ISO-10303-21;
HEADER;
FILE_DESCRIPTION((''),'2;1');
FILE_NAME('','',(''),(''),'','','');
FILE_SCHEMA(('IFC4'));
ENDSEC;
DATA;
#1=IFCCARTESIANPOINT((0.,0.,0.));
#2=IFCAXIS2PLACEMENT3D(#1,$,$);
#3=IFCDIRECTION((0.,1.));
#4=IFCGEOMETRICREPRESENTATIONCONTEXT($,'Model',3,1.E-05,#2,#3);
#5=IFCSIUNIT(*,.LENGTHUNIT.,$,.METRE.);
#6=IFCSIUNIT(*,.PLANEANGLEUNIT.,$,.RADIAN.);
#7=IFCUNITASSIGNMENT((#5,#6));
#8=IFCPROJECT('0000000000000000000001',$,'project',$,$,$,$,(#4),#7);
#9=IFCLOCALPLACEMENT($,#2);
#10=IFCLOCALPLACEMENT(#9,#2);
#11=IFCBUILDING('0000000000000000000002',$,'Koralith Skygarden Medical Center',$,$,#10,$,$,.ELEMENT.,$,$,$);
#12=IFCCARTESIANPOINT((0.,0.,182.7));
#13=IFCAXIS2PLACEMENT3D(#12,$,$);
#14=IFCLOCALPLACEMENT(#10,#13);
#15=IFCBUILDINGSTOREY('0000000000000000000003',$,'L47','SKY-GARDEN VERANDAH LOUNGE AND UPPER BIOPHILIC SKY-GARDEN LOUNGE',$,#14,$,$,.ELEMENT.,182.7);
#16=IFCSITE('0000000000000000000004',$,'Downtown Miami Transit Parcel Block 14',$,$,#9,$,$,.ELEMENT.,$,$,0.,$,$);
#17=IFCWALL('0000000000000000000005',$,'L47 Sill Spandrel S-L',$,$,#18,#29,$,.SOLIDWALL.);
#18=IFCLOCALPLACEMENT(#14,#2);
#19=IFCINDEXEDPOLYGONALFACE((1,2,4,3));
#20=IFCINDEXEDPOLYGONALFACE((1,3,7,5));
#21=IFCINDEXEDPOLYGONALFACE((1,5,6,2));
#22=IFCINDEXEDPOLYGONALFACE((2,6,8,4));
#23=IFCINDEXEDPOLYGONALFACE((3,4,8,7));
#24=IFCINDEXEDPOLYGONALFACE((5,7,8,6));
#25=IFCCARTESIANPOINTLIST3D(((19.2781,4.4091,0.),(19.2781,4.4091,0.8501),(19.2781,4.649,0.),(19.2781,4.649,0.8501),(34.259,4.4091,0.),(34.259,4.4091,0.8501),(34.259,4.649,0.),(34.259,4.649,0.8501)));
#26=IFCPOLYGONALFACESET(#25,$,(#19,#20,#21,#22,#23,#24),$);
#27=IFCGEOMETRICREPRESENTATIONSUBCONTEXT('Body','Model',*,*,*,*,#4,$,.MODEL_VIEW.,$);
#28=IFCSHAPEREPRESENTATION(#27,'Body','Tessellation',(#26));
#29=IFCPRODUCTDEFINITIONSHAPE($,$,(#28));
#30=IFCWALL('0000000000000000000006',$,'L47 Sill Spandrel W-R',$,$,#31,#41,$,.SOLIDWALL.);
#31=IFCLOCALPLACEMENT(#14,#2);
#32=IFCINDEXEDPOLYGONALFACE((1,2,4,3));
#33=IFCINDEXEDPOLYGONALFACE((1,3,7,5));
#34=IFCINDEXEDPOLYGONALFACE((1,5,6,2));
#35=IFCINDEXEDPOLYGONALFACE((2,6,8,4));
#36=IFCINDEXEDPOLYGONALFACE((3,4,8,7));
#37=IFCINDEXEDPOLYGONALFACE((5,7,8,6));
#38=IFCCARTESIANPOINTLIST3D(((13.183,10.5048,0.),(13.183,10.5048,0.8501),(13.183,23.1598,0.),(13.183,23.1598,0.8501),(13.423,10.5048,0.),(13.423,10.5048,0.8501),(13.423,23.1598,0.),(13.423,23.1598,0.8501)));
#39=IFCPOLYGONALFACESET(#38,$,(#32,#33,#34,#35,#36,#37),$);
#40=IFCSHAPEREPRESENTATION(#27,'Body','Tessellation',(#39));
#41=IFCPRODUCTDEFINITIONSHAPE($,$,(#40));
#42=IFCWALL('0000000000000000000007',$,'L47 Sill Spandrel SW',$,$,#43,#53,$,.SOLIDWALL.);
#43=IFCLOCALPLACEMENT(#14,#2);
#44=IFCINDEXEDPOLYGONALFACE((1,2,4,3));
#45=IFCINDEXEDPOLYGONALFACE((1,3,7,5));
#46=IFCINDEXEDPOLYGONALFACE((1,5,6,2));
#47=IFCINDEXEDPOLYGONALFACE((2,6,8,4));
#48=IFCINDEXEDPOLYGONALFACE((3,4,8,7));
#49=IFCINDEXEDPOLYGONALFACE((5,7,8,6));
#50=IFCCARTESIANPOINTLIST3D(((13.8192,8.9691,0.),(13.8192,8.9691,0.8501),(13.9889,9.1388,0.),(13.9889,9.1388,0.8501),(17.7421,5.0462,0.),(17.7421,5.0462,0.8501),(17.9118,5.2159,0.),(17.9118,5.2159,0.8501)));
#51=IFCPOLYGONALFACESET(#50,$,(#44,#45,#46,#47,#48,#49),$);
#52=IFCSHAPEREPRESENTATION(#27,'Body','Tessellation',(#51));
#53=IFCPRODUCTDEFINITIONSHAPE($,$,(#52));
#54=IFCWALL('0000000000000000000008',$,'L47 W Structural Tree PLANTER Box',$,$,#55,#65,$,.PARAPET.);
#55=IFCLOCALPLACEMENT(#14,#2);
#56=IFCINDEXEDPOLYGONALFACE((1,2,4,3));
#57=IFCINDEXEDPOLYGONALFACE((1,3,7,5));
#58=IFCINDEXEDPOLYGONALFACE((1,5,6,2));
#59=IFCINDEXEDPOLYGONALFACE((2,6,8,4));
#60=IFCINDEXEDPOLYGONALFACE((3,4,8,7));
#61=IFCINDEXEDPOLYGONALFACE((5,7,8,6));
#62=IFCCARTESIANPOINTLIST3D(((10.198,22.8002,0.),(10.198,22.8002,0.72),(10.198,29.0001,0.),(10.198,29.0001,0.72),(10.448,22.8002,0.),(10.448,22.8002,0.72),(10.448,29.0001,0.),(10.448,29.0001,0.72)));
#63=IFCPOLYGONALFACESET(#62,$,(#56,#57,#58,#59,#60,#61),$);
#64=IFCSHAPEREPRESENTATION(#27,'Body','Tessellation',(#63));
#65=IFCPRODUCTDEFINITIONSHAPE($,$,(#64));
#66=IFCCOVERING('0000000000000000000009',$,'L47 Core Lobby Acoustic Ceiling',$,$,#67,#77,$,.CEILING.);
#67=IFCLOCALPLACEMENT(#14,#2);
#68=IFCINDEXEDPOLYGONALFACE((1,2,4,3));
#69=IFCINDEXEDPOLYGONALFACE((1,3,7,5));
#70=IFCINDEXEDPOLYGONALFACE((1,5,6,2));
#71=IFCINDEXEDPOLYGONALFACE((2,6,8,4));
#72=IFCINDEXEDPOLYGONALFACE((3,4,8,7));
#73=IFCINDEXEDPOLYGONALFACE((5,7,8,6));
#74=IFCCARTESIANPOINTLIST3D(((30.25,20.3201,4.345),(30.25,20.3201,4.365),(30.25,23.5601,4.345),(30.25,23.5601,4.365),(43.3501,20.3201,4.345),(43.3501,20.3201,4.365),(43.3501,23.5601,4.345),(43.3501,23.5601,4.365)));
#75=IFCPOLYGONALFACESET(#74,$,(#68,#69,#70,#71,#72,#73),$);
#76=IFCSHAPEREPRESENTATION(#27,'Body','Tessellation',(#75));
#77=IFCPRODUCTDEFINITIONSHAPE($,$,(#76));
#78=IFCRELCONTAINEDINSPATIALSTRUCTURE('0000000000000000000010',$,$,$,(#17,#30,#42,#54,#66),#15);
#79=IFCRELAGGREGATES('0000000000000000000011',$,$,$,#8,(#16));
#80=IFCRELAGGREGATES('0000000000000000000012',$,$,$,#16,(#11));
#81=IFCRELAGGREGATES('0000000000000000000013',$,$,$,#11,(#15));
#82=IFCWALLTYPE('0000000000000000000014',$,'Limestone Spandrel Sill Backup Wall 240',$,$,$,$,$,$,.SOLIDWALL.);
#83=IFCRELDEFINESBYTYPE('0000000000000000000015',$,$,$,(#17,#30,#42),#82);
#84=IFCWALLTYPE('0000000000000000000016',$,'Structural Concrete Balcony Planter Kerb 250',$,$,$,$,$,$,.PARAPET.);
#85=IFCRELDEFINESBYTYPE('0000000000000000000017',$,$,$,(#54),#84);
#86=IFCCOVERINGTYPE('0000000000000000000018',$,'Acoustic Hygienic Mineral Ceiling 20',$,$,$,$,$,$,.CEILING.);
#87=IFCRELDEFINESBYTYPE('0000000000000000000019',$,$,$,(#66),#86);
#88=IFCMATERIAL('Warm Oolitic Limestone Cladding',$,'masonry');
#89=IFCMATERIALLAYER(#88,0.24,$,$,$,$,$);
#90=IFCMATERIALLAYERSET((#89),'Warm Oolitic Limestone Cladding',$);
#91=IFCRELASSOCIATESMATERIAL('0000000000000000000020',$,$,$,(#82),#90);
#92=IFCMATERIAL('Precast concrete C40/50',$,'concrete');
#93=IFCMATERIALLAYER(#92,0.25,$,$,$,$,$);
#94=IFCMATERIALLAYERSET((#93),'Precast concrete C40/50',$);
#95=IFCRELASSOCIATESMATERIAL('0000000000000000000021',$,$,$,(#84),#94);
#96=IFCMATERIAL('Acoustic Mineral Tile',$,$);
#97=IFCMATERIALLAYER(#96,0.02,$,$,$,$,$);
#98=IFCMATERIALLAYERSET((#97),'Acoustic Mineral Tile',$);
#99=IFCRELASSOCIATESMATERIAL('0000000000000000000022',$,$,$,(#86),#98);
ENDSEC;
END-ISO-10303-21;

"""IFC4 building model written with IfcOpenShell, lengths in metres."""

from ifc_helpers import new_model, si_unit, direction, frame, frame_2d, origin, place, context, subcontext, project, spatial, polyline, rectangle, outline, extrude, material, layer, layer_set, type_object, element, save


model = new_model("IFC4")

# Units and contexts
model_context = context("Model", 3, precision=1e-05, world=origin(), true_north=direction((0.0, 1.0)))
body_context = subcontext(model_context, "Body", "Model", "MODEL_VIEW")
ifc_project = project(units=[si_unit("LENGTHUNIT", "METRE"), si_unit("PLANEANGLEUNIT", "RADIAN")], contexts=[model_context])

# Site, building, storey
site_placement = place(None, origin())
site = spatial("IfcSite", under=ifc_project, at=site_placement, Name="Downtown Miami Transit Parcel Block 14", CompositionType="ELEMENT", RefElevation=0.0)
building_placement = place(site_placement, origin())
building = spatial("IfcBuilding", under=site, at=building_placement, Name="Koralith Skygarden Medical Center", CompositionType="ELEMENT")
storey_placement = place(building_placement, frame((0.0, 0.0, 182.7)))
storey = spatial("IfcBuildingStorey", under=building, at=storey_placement, Name="L47", Description="SKY-GARDEN VERANDAH LOUNGE AND UPPER BIOPHILIC SKY-GARDEN LOUNGE", CompositionType="ELEMENT", Elevation=182.7)

# Shared definitions
ifc_material_1 = material(Name="Warm Oolitic Limestone Cladding", Category="masonry")

# Walls
ifc_layer_1 = layer(ifc_material_1, 0.24)
ifc_layer_set_1 = layer_set([ifc_layer_1], Name="Warm Oolitic Limestone Cladding")
wall_type_1 = type_object("IfcWallType", Name="Limestone Spandrel Sill Backup Wall 240", PredefinedType="SOLIDWALL", material=ifc_layer_set_1)
wall_1_placement = place(storey_placement, frame((19.2781, 4.5291, 0.0), z_axis=(0.0, 0.0, 1.0), x_axis=(1.0, 0.0, 0.0)))
element("IfcWall", 1, at=wall_1_placement, inside=storey, type_object=wall_type_1, Name="L47 Sill Spandrel S-L", PredefinedType="SOLIDWALL", context=body_context, shape_type="SweptSolid", body=[
    extrude(rectangle(XDim=14.981, YDim=0.24, at=frame_2d((7.4905, 0.0))), origin(), (0.0, 0.0, 1.0), 0.8501),
])
wall_2_placement = place(storey_placement, frame((13.303, 23.1599, 0.0), z_axis=(0.0, 0.0, 1.0), x_axis=(0.0, -1.0, 0.0)))
element("IfcWall", 2, at=wall_2_placement, inside=storey, type_object=wall_type_1, Name="L47 Sill Spandrel W-R", PredefinedType="SOLIDWALL", context=body_context, shape_type="SweptSolid", body=[
    extrude(rectangle(XDim=12.655, YDim=0.24, at=frame_2d((6.3276, 0.0))), origin(), (0.0, 0.0, 1.0), 0.8501),
])
wall_3_placement = place(storey_placement, frame((13.9041, 9.054, 0.0), z_axis=(0.0, 0.0, 1.0), x_axis=(0.707107, -0.707107, 0.0)))
element("IfcWall", 3, at=wall_3_placement, inside=storey, type_object=wall_type_1, Name="L47 Sill Spandrel SW", PredefinedType="SOLIDWALL", context=body_context, shape_type="SweptSolid", body=[
    extrude(rectangle(XDim=5.5479, YDim=0.24, at=frame_2d((2.7739, 0.0))), origin(), (0.0, 0.0, 1.0), 0.8501),
])
ifc_material_2 = material(Name="Precast concrete C40/50", Category="concrete")
ifc_layer_2 = layer(ifc_material_2, 0.25)
ifc_layer_set_2 = layer_set([ifc_layer_2], Name="Precast concrete C40/50")
wall_type_2 = type_object("IfcWallType", Name="Structural Concrete Balcony Planter Kerb 250", PredefinedType="PARAPET", material=ifc_layer_set_2)
wall_4_placement = place(storey_placement, frame((10.323, 22.8, 0.0), z_axis=(0.0, 0.0, 1.0), x_axis=(0.0, 1.0, 0.0)))
element("IfcWall", 4, at=wall_4_placement, inside=storey, type_object=wall_type_2, Name="L47 W Structural Tree PLANTER Box", PredefinedType="PARAPET", context=body_context, shape_type="SweptSolid", body=[
    extrude(rectangle(XDim=6.2, YDim=0.25, at=frame_2d((3.1001, 0.0))), origin(), (0.0, 0.0, 1.0), 0.72),
])

# Covering
ifc_material_3 = material(Name="Acoustic Mineral Tile")
ifc_layer_3 = layer(ifc_material_3, 0.02)
ifc_layer_set_3 = layer_set([ifc_layer_3], Name="Acoustic Mineral Tile")
covering_type_1 = type_object("IfcCoveringType", Name="Acoustic Hygienic Mineral Ceiling 20", PredefinedType="CEILING", material=ifc_layer_set_3)
covering_1_placement = place(storey_placement, frame((0.0, 0.0, 4.345)))
element("IfcCovering", 5, at=covering_1_placement, inside=storey, type_object=covering_type_1, Name="L47 Core Lobby Acoustic Ceiling", PredefinedType="CEILING", context=body_context, shape_type="SweptSolid", body=[
    extrude(outline(polyline([(30.25, 20.3201), (43.3501, 20.3201), (43.3501, 23.5601), (30.25, 23.5601), (30.25, 20.3201)])), origin(), (0.0, 0.0, 1.0), 0.02),
])

save(model, "model.ifc")
